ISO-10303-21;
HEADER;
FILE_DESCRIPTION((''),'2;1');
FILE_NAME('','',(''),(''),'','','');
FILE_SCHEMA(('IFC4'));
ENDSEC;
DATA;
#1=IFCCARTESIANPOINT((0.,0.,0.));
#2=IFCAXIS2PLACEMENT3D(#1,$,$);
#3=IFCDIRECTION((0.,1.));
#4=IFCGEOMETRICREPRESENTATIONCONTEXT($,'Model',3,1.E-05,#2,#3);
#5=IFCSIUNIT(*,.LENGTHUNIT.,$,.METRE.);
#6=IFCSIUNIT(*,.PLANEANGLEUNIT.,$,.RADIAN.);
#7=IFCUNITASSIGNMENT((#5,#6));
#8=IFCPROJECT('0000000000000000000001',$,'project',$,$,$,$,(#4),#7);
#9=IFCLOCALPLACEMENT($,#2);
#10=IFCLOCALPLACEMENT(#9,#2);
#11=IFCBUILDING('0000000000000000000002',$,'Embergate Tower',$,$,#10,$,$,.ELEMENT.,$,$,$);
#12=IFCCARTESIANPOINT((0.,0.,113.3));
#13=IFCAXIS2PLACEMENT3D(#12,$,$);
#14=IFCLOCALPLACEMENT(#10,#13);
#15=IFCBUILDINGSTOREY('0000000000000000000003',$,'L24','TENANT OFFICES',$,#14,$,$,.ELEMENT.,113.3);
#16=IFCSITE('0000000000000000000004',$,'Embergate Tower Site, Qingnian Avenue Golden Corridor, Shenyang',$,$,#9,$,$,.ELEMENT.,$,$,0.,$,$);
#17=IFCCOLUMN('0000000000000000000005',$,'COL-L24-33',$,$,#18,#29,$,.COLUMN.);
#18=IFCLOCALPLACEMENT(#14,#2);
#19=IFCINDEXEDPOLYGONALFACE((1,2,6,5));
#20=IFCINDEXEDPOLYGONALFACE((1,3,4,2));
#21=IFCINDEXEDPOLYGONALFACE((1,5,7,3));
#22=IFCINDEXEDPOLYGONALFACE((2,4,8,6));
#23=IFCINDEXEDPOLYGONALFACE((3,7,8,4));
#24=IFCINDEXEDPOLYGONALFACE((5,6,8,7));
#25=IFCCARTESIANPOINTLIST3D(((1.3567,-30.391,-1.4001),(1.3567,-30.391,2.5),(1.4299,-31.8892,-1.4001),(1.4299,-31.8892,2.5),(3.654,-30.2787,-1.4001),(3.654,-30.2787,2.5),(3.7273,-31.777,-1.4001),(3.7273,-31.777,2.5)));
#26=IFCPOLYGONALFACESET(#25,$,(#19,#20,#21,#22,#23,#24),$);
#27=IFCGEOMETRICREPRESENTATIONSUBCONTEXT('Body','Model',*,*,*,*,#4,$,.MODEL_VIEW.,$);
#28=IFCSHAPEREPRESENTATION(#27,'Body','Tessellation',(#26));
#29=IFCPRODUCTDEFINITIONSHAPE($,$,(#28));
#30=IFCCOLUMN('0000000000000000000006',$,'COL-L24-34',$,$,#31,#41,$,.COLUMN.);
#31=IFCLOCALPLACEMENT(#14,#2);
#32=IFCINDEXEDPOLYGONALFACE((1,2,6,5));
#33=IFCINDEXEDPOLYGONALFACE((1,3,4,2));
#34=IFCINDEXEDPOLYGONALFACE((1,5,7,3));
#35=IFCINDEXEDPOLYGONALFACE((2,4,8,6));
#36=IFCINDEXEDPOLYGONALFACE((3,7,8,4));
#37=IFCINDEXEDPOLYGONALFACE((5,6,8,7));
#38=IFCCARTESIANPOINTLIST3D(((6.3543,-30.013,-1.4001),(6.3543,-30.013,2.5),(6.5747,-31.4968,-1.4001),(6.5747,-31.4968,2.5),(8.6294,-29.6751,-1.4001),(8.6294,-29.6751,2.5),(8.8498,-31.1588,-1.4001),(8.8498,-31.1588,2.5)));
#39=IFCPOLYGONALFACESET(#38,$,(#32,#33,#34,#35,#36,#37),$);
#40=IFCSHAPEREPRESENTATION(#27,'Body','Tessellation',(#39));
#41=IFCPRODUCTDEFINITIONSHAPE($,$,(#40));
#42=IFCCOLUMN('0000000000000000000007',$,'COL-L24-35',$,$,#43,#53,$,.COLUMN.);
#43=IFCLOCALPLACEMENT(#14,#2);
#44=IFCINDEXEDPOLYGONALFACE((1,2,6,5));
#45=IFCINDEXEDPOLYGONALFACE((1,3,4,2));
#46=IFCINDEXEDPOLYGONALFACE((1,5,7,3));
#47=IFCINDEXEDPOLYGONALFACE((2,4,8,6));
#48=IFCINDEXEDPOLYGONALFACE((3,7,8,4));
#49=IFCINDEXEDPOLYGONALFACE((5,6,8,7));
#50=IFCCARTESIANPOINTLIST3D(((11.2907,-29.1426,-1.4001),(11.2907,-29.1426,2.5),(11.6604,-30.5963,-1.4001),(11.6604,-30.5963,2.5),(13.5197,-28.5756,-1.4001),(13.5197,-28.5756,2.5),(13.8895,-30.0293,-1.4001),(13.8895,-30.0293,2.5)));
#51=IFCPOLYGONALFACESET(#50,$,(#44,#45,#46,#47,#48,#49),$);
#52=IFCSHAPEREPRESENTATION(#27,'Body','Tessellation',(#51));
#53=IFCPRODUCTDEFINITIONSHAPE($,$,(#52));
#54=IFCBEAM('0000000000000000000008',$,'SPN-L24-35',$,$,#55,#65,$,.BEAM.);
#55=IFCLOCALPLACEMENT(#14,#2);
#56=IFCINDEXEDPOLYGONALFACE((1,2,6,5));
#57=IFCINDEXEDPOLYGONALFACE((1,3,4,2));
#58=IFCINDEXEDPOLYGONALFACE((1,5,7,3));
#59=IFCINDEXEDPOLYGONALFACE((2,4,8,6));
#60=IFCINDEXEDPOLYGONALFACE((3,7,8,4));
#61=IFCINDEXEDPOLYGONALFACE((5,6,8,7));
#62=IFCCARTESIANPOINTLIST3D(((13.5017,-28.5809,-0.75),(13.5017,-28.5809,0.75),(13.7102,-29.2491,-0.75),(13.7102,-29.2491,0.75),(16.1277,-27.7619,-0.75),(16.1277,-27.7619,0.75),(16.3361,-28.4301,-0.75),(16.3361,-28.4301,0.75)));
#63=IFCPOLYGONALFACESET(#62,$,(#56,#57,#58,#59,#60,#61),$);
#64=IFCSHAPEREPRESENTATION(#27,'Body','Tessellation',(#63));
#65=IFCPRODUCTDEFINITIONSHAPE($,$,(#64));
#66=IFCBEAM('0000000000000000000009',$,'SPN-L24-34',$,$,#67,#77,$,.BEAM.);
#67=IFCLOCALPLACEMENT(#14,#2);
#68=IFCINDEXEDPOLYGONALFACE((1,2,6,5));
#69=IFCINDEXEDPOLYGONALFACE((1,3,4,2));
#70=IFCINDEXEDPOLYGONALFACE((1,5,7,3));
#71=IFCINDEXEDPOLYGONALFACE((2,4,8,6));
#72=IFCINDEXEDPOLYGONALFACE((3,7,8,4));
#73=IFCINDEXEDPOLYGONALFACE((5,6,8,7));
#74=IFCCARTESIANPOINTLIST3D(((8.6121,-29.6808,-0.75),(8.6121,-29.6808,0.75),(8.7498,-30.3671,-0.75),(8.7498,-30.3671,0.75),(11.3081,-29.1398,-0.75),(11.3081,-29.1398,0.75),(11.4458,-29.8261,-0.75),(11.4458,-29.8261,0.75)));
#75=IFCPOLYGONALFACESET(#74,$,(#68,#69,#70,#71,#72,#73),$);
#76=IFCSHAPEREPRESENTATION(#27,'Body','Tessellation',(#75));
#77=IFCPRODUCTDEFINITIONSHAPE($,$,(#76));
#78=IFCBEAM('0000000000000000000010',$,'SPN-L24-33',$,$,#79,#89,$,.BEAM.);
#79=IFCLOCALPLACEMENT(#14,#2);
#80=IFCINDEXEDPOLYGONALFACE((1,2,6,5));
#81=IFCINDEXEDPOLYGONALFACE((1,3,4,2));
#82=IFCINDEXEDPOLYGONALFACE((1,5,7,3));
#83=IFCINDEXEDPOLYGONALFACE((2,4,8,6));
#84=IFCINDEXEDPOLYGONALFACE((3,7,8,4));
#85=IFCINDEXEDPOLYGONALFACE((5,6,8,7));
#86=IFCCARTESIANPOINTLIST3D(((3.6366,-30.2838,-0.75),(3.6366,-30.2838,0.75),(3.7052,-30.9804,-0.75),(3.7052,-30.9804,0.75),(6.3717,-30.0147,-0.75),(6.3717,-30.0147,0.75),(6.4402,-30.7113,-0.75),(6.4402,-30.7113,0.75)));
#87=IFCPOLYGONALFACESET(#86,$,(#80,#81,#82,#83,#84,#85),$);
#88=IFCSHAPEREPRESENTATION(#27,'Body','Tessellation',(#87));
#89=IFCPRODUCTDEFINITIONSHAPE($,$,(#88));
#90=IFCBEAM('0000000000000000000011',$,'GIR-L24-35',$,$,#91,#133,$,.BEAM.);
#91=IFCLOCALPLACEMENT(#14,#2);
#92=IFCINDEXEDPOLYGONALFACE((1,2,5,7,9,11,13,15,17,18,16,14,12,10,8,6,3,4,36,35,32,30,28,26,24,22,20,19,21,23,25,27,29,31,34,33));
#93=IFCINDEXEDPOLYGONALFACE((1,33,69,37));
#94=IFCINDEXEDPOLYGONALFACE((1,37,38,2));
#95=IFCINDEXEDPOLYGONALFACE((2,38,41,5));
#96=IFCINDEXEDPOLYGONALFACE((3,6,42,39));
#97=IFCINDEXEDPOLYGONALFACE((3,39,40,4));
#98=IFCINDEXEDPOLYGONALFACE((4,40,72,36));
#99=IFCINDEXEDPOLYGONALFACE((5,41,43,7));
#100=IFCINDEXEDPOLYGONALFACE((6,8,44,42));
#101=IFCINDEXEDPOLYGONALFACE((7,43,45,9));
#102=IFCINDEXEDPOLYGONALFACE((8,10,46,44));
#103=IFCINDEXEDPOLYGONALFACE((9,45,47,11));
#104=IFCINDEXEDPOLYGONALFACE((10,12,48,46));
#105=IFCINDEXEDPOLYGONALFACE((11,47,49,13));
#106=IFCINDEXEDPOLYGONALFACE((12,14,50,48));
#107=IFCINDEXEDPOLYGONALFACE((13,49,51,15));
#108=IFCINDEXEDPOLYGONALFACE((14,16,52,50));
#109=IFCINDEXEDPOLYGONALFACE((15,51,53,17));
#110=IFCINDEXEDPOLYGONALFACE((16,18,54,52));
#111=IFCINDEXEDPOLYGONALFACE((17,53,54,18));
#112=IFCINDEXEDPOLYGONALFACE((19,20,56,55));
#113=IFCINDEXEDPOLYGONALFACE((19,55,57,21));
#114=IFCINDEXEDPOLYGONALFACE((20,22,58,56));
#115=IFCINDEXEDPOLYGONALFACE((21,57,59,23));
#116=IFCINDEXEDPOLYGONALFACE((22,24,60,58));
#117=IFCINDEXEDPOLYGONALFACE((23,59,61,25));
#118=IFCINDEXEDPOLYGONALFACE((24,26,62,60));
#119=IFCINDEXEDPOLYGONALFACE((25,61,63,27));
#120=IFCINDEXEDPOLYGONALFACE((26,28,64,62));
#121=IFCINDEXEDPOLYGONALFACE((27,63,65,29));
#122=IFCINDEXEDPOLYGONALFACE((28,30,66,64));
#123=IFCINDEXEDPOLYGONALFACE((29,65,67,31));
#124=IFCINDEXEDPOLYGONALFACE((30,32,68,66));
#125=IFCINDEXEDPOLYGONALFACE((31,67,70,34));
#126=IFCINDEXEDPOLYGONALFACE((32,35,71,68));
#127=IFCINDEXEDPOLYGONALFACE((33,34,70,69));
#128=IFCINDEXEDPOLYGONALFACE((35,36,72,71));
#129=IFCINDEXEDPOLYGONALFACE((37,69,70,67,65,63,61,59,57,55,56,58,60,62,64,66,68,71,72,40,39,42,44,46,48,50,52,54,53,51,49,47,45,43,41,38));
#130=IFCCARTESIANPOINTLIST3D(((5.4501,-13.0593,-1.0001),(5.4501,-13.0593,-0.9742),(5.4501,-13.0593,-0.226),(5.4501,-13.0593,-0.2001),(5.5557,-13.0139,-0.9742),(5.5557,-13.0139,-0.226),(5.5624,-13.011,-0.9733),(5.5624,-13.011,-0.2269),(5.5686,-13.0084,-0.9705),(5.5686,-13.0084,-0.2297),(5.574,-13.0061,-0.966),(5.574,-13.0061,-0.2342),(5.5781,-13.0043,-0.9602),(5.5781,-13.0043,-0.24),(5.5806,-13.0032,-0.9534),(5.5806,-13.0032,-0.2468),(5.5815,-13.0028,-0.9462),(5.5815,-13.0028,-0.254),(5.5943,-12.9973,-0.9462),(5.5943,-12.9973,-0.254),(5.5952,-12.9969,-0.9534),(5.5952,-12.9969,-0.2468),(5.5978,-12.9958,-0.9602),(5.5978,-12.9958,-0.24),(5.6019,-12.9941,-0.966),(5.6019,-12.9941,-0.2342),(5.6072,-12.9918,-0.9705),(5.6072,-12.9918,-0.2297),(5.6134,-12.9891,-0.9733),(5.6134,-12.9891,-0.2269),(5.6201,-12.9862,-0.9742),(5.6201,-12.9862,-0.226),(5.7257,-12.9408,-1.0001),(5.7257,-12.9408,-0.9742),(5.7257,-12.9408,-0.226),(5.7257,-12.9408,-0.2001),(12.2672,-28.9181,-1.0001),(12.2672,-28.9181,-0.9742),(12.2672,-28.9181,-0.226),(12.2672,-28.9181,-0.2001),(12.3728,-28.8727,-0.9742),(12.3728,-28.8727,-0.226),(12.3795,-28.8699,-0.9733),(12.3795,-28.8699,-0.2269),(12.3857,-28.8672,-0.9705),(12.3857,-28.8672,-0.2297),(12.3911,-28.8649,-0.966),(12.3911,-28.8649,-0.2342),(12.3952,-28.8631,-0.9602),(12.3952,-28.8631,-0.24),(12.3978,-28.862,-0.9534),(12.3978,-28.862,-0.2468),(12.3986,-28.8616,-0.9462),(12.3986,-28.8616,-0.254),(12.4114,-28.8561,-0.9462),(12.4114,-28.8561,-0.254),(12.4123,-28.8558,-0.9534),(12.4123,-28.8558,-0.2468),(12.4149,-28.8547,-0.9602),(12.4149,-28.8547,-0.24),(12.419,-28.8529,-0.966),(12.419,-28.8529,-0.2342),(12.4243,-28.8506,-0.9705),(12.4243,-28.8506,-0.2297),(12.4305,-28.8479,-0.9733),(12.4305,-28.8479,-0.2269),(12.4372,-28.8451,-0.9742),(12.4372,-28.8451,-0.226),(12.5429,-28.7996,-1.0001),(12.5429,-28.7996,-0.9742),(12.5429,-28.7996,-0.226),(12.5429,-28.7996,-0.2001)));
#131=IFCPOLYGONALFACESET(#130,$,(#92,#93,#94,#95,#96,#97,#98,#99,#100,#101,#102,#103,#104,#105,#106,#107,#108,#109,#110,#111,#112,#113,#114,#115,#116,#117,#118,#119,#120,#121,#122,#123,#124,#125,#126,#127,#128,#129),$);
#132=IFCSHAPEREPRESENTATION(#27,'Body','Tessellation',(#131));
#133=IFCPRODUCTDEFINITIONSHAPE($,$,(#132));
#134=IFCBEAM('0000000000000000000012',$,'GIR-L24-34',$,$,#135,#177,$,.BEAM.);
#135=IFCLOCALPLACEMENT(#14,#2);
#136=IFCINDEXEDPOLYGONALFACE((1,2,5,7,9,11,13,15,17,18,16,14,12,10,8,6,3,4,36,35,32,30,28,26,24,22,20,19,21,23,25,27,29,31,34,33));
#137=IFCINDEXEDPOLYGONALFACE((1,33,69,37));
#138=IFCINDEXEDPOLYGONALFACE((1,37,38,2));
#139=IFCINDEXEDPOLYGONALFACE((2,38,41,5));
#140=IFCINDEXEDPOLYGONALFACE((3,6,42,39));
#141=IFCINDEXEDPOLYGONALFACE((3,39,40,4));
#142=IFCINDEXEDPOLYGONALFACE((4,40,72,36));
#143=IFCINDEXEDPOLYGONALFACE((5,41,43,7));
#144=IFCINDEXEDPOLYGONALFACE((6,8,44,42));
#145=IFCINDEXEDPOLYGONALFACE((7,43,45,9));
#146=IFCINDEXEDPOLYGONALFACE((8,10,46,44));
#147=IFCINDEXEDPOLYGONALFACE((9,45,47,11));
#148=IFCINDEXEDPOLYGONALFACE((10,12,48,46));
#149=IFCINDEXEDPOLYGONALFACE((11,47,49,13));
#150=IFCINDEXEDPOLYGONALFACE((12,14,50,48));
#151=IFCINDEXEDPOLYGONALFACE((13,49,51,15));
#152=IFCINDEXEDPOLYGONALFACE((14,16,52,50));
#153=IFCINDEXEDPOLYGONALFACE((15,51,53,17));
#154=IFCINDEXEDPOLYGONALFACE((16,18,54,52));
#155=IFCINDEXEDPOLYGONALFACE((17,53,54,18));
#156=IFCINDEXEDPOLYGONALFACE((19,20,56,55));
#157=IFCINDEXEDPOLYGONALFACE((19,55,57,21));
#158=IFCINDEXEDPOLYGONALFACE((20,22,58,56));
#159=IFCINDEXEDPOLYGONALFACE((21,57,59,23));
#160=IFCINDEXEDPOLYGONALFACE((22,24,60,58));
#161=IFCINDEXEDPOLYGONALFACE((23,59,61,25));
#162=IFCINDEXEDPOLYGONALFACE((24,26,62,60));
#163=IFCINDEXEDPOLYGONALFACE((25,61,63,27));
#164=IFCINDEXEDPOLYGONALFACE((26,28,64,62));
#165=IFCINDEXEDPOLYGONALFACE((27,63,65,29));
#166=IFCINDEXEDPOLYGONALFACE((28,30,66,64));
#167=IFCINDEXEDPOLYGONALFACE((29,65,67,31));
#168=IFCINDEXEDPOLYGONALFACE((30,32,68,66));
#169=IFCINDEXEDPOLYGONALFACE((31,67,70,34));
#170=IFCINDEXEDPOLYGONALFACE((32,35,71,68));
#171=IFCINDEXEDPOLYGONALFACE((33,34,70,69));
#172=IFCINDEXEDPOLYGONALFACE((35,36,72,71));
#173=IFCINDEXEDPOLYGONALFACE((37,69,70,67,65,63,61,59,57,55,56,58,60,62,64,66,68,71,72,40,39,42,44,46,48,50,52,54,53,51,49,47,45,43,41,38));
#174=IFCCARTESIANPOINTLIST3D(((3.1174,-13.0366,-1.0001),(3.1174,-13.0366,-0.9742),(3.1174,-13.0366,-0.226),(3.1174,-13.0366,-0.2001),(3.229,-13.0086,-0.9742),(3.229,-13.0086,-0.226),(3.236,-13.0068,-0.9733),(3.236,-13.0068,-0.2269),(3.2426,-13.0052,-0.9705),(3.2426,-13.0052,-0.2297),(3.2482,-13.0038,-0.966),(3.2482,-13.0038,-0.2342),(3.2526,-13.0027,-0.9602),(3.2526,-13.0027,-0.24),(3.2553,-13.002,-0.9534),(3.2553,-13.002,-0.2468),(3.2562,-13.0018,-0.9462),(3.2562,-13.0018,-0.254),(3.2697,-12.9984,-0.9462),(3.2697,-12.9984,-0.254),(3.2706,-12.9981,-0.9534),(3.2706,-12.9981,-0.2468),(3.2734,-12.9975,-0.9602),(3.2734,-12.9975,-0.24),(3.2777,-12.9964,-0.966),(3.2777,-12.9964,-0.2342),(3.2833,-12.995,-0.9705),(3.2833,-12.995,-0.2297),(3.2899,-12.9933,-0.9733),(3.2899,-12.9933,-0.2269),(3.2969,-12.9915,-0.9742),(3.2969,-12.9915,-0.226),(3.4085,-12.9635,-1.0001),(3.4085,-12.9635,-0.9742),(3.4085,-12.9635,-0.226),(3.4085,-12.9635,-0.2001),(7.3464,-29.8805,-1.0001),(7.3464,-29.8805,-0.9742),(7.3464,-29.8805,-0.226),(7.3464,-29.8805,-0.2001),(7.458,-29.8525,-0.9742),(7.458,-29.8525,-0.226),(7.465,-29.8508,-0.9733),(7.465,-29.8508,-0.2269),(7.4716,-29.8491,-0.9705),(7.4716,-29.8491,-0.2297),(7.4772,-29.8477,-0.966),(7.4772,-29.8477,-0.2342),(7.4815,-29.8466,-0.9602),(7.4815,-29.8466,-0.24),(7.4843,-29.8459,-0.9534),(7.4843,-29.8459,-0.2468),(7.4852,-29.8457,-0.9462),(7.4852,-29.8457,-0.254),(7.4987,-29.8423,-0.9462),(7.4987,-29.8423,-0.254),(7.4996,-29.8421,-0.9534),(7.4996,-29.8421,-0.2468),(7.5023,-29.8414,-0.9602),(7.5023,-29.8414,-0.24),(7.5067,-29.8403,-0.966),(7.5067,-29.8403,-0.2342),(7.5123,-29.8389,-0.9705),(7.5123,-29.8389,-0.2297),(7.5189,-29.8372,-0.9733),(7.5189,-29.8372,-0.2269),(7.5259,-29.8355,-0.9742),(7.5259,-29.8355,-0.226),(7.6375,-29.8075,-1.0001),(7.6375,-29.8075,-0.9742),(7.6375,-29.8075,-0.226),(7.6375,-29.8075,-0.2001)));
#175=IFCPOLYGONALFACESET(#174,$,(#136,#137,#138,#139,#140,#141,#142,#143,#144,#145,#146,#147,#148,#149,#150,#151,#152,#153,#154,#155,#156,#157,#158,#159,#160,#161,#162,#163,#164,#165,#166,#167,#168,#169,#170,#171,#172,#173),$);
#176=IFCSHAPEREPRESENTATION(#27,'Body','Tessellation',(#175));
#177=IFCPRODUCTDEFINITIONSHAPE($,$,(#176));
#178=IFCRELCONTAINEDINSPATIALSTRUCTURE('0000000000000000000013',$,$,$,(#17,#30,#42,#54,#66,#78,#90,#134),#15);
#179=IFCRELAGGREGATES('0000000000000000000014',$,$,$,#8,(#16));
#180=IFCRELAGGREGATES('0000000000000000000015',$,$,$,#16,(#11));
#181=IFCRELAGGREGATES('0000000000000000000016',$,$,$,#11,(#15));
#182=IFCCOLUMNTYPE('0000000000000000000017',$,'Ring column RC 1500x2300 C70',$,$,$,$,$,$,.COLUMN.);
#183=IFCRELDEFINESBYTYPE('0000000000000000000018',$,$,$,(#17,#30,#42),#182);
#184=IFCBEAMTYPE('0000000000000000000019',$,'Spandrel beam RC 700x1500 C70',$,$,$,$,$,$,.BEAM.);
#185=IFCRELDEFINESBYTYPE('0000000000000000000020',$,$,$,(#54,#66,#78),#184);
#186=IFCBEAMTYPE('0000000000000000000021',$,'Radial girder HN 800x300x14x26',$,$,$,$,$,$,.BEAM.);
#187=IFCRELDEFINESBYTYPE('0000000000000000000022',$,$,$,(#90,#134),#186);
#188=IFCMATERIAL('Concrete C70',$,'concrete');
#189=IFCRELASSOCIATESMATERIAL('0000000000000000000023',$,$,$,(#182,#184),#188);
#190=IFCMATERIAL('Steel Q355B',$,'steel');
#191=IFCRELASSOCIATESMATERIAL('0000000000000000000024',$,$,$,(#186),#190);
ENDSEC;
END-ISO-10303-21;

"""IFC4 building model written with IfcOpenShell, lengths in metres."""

from ifc_helpers import new_model, si_unit, direction, frame, origin, origin_2d, place, context, subcontext, project, spatial, rectangle, i_section, extrude, source, transform, mapped, material, material_profile, profile_set, type_object, element, save


model = new_model("IFC4")

# Units and contexts
model_context = context("Model", 3, precision=1e-05, world=origin(), true_north=direction((0.0, 1.0)))
body_context = subcontext(model_context, "Body", "Model", "MODEL_VIEW")
ifc_project = project(units=[si_unit("LENGTHUNIT", "METRE"), si_unit("PLANEANGLEUNIT", "RADIAN")], contexts=[model_context])

# Site, building, storey
site_placement = place(None, origin())
site = spatial("IfcSite", under=ifc_project, at=site_placement, Name="Embergate Tower Site, Qingnian Avenue Golden Corridor, Shenyang", CompositionType="ELEMENT", RefElevation=0.0)
building_placement = place(site_placement, origin())
building = spatial("IfcBuilding", under=site, at=building_placement, Name="Embergate Tower", CompositionType="ELEMENT")
storey_placement = place(building_placement, frame((0.0, 0.0, 113.3)))
storey = spatial("IfcBuildingStorey", under=building, at=storey_placement, Name="L24", Description="TENANT OFFICES", CompositionType="ELEMENT", Elevation=113.3)

# Columns
ifc_material_1 = material(Name="Concrete C70", Category="concrete")
ifc_material_profile_1 = material_profile(ifc_material_1, rectangle(XDim=1.5, YDim=2.3, at=origin_2d()), Name="RC 1500x2300")
ifc_profile_set_1 = profile_set([ifc_material_profile_1], Name="Concrete C70")
column_type = type_object("IfcColumnType", Name="Ring column RC 1500x2300 C70", PredefinedType="COLUMN", material=ifc_profile_set_1)
shared_shape_1 = source(origin(), body_context, "Body", "SweptSolid", [
    extrude(rectangle(XDim=1.5, YDim=2.3, at=origin_2d()), origin(), (0.0, 0.0, 1.0), 3.9001),
])
for number, where, z_axis, x_axis, name in (
    (1, (2.542, -31.084, -1.4001), (0.0, 0.0, 1.0), (0.048815, -0.998808, 0.0), "COL-L24-33"),
    (2, (7.6021, -30.5859, -1.4001), (0.0, 0.0, 1.0), (0.146929, -0.989147, 0.0), "COL-L24-34"),
    (3, (12.5901, -29.5859, -1.4001), (0.0, 0.0, 1.0), (0.246509, -0.969141, 0.0), "COL-L24-35"),
):
    element("IfcColumn", number, at=place(storey_placement, frame(where, z_axis=z_axis, x_axis=x_axis)), inside=storey, type_object=column_type, Name=name, PredefinedType="COLUMN", context=body_context, shape_type="MappedRepresentation", body=[
        mapped(shared_shape_1, transform((0.0, 0.0, 0.0))),
    ])

# Beams
ifc_material_profile_2 = material_profile(ifc_material_1, rectangle(XDim=0.7, YDim=1.5, at=origin_2d()), Name="RC 700x1500")
ifc_profile_set_2 = profile_set([ifc_material_profile_2], Name="Concrete C70")
beam_type_1 = type_object("IfcBeamType", Name="Spandrel beam RC 700x1500 C70", PredefinedType="BEAM", material=ifc_profile_set_2)
shared_shape_2 = source(origin(), body_context, "Body", "SweptSolid", [
    extrude(rectangle(XDim=0.7, YDim=1.5, at=origin_2d()), origin(), (0.0, 0.0, 1.0), 2.7507),
])
beam_1_placement = place(storey_placement, frame((13.606, -28.915, 0.0), z_axis=(0.954638, 0.29777, 0.0), x_axis=(-0.29777, 0.954638, 0.0)))
element("IfcBeam", 4, at=beam_1_placement, inside=storey, type_object=beam_type_1, Name="SPN-L24-35", PredefinedType="BEAM", context=body_context, shape_type="MappedRepresentation", body=[
    mapped(shared_shape_2, transform((0.0, 0.0, 0.0))),
])
shared_shape_3 = source(origin(), body_context, "Body", "SweptSolid", [
    extrude(rectangle(XDim=0.7, YDim=1.5, at=origin_2d()), origin(), (0.0, 0.0, 1.0), 2.7498),
])
beam_2_placement = place(storey_placement, frame((8.6809, -30.0239, 0.0), z_axis=(0.980454, 0.196748, 0.0), x_axis=(-0.196748, 0.980454, 0.0)))
element("IfcBeam", 5, at=beam_2_placement, inside=storey, type_object=beam_type_1, Name="SPN-L24-34", PredefinedType="BEAM", context=body_context, shape_type="MappedRepresentation", body=[
    mapped(shared_shape_3, transform((0.0, 0.0, 0.0))),
])
shared_shape_4 = source(origin(), body_context, "Body", "SweptSolid", [
    extrude(rectangle(XDim=0.7, YDim=1.5, at=origin_2d()), origin(), (0.0, 0.0, 1.0), 2.7483),
])
beam_3_placement = place(storey_placement, frame((3.6709, -30.6321, 0.0), z_axis=(0.995197, 0.097894, 0.0), x_axis=(-0.097894, 0.995197, 0.0)))
element("IfcBeam", 6, at=beam_3_placement, inside=storey, type_object=beam_type_1, Name="SPN-L24-33", PredefinedType="BEAM", context=body_context, shape_type="MappedRepresentation", body=[
    mapped(shared_shape_4, transform((0.0, 0.0, 0.0))),
])
ifc_material_2 = material(Name="Steel Q355B", Category="steel")
ifc_material_profile_3 = material_profile(ifc_material_2, i_section(OverallWidth=0.3, OverallDepth=0.8, WebThickness=0.0139, FlangeThickness=0.0259, FilletRadius=0.0281, at=origin_2d()), Name="HN 800x300x14x26")
ifc_profile_set_3 = profile_set([ifc_material_profile_3], Name="Steel Q355 grade B")
beam_type_2 = type_object("IfcBeamType", Name="Radial girder HN 800x300x14x26", PredefinedType="BEAM", material=ifc_profile_set_3)
shared_shape_5 = source(origin(), body_context, "Body", "SweptSolid", [
    extrude(i_section(OverallWidth=0.3, OverallDepth=0.8, WebThickness=0.0139, FlangeThickness=0.0259, FilletRadius=0.0281, at=origin_2d()), origin(), (0.0, 0.0, 1.0), 17.262),
])
beam_4_placement = place(storey_placement, frame((12.405, -28.8589, -0.6001), z_axis=(-0.394921, 0.918715, 0.0), x_axis=(-0.918715, -0.394921, 0.0)))
element("IfcBeam", 7, at=beam_4_placement, inside=storey, type_object=beam_type_2, Name="GIR-L24-35", PredefinedType="BEAM", context=body_context, shape_type="MappedRepresentation", body=[
    mapped(shared_shape_5, transform((0.0, 0.0, 0.0))),
])
shared_shape_6 = source(origin(), body_context, "Body", "SweptSolid", [
    extrude(i_section(OverallWidth=0.3, OverallDepth=0.8, WebThickness=0.0139, FlangeThickness=0.0259, FilletRadius=0.0281, at=origin_2d()), origin(), (0.0, 0.0, 1.0), 17.3667),
])
beam_5_placement = place(storey_placement, frame((7.4919, -29.844, -0.6001), z_axis=(-0.243511, 0.969898, 0.0), x_axis=(-0.969898, -0.243511, 0.0)))
element("IfcBeam", 8, at=beam_5_placement, inside=storey, type_object=beam_type_2, Name="GIR-L24-34", PredefinedType="BEAM", context=body_context, shape_type="MappedRepresentation", body=[
    mapped(shared_shape_6, transform((0.0, 0.0, 0.0))),
])

save(model, "model.ifc")
